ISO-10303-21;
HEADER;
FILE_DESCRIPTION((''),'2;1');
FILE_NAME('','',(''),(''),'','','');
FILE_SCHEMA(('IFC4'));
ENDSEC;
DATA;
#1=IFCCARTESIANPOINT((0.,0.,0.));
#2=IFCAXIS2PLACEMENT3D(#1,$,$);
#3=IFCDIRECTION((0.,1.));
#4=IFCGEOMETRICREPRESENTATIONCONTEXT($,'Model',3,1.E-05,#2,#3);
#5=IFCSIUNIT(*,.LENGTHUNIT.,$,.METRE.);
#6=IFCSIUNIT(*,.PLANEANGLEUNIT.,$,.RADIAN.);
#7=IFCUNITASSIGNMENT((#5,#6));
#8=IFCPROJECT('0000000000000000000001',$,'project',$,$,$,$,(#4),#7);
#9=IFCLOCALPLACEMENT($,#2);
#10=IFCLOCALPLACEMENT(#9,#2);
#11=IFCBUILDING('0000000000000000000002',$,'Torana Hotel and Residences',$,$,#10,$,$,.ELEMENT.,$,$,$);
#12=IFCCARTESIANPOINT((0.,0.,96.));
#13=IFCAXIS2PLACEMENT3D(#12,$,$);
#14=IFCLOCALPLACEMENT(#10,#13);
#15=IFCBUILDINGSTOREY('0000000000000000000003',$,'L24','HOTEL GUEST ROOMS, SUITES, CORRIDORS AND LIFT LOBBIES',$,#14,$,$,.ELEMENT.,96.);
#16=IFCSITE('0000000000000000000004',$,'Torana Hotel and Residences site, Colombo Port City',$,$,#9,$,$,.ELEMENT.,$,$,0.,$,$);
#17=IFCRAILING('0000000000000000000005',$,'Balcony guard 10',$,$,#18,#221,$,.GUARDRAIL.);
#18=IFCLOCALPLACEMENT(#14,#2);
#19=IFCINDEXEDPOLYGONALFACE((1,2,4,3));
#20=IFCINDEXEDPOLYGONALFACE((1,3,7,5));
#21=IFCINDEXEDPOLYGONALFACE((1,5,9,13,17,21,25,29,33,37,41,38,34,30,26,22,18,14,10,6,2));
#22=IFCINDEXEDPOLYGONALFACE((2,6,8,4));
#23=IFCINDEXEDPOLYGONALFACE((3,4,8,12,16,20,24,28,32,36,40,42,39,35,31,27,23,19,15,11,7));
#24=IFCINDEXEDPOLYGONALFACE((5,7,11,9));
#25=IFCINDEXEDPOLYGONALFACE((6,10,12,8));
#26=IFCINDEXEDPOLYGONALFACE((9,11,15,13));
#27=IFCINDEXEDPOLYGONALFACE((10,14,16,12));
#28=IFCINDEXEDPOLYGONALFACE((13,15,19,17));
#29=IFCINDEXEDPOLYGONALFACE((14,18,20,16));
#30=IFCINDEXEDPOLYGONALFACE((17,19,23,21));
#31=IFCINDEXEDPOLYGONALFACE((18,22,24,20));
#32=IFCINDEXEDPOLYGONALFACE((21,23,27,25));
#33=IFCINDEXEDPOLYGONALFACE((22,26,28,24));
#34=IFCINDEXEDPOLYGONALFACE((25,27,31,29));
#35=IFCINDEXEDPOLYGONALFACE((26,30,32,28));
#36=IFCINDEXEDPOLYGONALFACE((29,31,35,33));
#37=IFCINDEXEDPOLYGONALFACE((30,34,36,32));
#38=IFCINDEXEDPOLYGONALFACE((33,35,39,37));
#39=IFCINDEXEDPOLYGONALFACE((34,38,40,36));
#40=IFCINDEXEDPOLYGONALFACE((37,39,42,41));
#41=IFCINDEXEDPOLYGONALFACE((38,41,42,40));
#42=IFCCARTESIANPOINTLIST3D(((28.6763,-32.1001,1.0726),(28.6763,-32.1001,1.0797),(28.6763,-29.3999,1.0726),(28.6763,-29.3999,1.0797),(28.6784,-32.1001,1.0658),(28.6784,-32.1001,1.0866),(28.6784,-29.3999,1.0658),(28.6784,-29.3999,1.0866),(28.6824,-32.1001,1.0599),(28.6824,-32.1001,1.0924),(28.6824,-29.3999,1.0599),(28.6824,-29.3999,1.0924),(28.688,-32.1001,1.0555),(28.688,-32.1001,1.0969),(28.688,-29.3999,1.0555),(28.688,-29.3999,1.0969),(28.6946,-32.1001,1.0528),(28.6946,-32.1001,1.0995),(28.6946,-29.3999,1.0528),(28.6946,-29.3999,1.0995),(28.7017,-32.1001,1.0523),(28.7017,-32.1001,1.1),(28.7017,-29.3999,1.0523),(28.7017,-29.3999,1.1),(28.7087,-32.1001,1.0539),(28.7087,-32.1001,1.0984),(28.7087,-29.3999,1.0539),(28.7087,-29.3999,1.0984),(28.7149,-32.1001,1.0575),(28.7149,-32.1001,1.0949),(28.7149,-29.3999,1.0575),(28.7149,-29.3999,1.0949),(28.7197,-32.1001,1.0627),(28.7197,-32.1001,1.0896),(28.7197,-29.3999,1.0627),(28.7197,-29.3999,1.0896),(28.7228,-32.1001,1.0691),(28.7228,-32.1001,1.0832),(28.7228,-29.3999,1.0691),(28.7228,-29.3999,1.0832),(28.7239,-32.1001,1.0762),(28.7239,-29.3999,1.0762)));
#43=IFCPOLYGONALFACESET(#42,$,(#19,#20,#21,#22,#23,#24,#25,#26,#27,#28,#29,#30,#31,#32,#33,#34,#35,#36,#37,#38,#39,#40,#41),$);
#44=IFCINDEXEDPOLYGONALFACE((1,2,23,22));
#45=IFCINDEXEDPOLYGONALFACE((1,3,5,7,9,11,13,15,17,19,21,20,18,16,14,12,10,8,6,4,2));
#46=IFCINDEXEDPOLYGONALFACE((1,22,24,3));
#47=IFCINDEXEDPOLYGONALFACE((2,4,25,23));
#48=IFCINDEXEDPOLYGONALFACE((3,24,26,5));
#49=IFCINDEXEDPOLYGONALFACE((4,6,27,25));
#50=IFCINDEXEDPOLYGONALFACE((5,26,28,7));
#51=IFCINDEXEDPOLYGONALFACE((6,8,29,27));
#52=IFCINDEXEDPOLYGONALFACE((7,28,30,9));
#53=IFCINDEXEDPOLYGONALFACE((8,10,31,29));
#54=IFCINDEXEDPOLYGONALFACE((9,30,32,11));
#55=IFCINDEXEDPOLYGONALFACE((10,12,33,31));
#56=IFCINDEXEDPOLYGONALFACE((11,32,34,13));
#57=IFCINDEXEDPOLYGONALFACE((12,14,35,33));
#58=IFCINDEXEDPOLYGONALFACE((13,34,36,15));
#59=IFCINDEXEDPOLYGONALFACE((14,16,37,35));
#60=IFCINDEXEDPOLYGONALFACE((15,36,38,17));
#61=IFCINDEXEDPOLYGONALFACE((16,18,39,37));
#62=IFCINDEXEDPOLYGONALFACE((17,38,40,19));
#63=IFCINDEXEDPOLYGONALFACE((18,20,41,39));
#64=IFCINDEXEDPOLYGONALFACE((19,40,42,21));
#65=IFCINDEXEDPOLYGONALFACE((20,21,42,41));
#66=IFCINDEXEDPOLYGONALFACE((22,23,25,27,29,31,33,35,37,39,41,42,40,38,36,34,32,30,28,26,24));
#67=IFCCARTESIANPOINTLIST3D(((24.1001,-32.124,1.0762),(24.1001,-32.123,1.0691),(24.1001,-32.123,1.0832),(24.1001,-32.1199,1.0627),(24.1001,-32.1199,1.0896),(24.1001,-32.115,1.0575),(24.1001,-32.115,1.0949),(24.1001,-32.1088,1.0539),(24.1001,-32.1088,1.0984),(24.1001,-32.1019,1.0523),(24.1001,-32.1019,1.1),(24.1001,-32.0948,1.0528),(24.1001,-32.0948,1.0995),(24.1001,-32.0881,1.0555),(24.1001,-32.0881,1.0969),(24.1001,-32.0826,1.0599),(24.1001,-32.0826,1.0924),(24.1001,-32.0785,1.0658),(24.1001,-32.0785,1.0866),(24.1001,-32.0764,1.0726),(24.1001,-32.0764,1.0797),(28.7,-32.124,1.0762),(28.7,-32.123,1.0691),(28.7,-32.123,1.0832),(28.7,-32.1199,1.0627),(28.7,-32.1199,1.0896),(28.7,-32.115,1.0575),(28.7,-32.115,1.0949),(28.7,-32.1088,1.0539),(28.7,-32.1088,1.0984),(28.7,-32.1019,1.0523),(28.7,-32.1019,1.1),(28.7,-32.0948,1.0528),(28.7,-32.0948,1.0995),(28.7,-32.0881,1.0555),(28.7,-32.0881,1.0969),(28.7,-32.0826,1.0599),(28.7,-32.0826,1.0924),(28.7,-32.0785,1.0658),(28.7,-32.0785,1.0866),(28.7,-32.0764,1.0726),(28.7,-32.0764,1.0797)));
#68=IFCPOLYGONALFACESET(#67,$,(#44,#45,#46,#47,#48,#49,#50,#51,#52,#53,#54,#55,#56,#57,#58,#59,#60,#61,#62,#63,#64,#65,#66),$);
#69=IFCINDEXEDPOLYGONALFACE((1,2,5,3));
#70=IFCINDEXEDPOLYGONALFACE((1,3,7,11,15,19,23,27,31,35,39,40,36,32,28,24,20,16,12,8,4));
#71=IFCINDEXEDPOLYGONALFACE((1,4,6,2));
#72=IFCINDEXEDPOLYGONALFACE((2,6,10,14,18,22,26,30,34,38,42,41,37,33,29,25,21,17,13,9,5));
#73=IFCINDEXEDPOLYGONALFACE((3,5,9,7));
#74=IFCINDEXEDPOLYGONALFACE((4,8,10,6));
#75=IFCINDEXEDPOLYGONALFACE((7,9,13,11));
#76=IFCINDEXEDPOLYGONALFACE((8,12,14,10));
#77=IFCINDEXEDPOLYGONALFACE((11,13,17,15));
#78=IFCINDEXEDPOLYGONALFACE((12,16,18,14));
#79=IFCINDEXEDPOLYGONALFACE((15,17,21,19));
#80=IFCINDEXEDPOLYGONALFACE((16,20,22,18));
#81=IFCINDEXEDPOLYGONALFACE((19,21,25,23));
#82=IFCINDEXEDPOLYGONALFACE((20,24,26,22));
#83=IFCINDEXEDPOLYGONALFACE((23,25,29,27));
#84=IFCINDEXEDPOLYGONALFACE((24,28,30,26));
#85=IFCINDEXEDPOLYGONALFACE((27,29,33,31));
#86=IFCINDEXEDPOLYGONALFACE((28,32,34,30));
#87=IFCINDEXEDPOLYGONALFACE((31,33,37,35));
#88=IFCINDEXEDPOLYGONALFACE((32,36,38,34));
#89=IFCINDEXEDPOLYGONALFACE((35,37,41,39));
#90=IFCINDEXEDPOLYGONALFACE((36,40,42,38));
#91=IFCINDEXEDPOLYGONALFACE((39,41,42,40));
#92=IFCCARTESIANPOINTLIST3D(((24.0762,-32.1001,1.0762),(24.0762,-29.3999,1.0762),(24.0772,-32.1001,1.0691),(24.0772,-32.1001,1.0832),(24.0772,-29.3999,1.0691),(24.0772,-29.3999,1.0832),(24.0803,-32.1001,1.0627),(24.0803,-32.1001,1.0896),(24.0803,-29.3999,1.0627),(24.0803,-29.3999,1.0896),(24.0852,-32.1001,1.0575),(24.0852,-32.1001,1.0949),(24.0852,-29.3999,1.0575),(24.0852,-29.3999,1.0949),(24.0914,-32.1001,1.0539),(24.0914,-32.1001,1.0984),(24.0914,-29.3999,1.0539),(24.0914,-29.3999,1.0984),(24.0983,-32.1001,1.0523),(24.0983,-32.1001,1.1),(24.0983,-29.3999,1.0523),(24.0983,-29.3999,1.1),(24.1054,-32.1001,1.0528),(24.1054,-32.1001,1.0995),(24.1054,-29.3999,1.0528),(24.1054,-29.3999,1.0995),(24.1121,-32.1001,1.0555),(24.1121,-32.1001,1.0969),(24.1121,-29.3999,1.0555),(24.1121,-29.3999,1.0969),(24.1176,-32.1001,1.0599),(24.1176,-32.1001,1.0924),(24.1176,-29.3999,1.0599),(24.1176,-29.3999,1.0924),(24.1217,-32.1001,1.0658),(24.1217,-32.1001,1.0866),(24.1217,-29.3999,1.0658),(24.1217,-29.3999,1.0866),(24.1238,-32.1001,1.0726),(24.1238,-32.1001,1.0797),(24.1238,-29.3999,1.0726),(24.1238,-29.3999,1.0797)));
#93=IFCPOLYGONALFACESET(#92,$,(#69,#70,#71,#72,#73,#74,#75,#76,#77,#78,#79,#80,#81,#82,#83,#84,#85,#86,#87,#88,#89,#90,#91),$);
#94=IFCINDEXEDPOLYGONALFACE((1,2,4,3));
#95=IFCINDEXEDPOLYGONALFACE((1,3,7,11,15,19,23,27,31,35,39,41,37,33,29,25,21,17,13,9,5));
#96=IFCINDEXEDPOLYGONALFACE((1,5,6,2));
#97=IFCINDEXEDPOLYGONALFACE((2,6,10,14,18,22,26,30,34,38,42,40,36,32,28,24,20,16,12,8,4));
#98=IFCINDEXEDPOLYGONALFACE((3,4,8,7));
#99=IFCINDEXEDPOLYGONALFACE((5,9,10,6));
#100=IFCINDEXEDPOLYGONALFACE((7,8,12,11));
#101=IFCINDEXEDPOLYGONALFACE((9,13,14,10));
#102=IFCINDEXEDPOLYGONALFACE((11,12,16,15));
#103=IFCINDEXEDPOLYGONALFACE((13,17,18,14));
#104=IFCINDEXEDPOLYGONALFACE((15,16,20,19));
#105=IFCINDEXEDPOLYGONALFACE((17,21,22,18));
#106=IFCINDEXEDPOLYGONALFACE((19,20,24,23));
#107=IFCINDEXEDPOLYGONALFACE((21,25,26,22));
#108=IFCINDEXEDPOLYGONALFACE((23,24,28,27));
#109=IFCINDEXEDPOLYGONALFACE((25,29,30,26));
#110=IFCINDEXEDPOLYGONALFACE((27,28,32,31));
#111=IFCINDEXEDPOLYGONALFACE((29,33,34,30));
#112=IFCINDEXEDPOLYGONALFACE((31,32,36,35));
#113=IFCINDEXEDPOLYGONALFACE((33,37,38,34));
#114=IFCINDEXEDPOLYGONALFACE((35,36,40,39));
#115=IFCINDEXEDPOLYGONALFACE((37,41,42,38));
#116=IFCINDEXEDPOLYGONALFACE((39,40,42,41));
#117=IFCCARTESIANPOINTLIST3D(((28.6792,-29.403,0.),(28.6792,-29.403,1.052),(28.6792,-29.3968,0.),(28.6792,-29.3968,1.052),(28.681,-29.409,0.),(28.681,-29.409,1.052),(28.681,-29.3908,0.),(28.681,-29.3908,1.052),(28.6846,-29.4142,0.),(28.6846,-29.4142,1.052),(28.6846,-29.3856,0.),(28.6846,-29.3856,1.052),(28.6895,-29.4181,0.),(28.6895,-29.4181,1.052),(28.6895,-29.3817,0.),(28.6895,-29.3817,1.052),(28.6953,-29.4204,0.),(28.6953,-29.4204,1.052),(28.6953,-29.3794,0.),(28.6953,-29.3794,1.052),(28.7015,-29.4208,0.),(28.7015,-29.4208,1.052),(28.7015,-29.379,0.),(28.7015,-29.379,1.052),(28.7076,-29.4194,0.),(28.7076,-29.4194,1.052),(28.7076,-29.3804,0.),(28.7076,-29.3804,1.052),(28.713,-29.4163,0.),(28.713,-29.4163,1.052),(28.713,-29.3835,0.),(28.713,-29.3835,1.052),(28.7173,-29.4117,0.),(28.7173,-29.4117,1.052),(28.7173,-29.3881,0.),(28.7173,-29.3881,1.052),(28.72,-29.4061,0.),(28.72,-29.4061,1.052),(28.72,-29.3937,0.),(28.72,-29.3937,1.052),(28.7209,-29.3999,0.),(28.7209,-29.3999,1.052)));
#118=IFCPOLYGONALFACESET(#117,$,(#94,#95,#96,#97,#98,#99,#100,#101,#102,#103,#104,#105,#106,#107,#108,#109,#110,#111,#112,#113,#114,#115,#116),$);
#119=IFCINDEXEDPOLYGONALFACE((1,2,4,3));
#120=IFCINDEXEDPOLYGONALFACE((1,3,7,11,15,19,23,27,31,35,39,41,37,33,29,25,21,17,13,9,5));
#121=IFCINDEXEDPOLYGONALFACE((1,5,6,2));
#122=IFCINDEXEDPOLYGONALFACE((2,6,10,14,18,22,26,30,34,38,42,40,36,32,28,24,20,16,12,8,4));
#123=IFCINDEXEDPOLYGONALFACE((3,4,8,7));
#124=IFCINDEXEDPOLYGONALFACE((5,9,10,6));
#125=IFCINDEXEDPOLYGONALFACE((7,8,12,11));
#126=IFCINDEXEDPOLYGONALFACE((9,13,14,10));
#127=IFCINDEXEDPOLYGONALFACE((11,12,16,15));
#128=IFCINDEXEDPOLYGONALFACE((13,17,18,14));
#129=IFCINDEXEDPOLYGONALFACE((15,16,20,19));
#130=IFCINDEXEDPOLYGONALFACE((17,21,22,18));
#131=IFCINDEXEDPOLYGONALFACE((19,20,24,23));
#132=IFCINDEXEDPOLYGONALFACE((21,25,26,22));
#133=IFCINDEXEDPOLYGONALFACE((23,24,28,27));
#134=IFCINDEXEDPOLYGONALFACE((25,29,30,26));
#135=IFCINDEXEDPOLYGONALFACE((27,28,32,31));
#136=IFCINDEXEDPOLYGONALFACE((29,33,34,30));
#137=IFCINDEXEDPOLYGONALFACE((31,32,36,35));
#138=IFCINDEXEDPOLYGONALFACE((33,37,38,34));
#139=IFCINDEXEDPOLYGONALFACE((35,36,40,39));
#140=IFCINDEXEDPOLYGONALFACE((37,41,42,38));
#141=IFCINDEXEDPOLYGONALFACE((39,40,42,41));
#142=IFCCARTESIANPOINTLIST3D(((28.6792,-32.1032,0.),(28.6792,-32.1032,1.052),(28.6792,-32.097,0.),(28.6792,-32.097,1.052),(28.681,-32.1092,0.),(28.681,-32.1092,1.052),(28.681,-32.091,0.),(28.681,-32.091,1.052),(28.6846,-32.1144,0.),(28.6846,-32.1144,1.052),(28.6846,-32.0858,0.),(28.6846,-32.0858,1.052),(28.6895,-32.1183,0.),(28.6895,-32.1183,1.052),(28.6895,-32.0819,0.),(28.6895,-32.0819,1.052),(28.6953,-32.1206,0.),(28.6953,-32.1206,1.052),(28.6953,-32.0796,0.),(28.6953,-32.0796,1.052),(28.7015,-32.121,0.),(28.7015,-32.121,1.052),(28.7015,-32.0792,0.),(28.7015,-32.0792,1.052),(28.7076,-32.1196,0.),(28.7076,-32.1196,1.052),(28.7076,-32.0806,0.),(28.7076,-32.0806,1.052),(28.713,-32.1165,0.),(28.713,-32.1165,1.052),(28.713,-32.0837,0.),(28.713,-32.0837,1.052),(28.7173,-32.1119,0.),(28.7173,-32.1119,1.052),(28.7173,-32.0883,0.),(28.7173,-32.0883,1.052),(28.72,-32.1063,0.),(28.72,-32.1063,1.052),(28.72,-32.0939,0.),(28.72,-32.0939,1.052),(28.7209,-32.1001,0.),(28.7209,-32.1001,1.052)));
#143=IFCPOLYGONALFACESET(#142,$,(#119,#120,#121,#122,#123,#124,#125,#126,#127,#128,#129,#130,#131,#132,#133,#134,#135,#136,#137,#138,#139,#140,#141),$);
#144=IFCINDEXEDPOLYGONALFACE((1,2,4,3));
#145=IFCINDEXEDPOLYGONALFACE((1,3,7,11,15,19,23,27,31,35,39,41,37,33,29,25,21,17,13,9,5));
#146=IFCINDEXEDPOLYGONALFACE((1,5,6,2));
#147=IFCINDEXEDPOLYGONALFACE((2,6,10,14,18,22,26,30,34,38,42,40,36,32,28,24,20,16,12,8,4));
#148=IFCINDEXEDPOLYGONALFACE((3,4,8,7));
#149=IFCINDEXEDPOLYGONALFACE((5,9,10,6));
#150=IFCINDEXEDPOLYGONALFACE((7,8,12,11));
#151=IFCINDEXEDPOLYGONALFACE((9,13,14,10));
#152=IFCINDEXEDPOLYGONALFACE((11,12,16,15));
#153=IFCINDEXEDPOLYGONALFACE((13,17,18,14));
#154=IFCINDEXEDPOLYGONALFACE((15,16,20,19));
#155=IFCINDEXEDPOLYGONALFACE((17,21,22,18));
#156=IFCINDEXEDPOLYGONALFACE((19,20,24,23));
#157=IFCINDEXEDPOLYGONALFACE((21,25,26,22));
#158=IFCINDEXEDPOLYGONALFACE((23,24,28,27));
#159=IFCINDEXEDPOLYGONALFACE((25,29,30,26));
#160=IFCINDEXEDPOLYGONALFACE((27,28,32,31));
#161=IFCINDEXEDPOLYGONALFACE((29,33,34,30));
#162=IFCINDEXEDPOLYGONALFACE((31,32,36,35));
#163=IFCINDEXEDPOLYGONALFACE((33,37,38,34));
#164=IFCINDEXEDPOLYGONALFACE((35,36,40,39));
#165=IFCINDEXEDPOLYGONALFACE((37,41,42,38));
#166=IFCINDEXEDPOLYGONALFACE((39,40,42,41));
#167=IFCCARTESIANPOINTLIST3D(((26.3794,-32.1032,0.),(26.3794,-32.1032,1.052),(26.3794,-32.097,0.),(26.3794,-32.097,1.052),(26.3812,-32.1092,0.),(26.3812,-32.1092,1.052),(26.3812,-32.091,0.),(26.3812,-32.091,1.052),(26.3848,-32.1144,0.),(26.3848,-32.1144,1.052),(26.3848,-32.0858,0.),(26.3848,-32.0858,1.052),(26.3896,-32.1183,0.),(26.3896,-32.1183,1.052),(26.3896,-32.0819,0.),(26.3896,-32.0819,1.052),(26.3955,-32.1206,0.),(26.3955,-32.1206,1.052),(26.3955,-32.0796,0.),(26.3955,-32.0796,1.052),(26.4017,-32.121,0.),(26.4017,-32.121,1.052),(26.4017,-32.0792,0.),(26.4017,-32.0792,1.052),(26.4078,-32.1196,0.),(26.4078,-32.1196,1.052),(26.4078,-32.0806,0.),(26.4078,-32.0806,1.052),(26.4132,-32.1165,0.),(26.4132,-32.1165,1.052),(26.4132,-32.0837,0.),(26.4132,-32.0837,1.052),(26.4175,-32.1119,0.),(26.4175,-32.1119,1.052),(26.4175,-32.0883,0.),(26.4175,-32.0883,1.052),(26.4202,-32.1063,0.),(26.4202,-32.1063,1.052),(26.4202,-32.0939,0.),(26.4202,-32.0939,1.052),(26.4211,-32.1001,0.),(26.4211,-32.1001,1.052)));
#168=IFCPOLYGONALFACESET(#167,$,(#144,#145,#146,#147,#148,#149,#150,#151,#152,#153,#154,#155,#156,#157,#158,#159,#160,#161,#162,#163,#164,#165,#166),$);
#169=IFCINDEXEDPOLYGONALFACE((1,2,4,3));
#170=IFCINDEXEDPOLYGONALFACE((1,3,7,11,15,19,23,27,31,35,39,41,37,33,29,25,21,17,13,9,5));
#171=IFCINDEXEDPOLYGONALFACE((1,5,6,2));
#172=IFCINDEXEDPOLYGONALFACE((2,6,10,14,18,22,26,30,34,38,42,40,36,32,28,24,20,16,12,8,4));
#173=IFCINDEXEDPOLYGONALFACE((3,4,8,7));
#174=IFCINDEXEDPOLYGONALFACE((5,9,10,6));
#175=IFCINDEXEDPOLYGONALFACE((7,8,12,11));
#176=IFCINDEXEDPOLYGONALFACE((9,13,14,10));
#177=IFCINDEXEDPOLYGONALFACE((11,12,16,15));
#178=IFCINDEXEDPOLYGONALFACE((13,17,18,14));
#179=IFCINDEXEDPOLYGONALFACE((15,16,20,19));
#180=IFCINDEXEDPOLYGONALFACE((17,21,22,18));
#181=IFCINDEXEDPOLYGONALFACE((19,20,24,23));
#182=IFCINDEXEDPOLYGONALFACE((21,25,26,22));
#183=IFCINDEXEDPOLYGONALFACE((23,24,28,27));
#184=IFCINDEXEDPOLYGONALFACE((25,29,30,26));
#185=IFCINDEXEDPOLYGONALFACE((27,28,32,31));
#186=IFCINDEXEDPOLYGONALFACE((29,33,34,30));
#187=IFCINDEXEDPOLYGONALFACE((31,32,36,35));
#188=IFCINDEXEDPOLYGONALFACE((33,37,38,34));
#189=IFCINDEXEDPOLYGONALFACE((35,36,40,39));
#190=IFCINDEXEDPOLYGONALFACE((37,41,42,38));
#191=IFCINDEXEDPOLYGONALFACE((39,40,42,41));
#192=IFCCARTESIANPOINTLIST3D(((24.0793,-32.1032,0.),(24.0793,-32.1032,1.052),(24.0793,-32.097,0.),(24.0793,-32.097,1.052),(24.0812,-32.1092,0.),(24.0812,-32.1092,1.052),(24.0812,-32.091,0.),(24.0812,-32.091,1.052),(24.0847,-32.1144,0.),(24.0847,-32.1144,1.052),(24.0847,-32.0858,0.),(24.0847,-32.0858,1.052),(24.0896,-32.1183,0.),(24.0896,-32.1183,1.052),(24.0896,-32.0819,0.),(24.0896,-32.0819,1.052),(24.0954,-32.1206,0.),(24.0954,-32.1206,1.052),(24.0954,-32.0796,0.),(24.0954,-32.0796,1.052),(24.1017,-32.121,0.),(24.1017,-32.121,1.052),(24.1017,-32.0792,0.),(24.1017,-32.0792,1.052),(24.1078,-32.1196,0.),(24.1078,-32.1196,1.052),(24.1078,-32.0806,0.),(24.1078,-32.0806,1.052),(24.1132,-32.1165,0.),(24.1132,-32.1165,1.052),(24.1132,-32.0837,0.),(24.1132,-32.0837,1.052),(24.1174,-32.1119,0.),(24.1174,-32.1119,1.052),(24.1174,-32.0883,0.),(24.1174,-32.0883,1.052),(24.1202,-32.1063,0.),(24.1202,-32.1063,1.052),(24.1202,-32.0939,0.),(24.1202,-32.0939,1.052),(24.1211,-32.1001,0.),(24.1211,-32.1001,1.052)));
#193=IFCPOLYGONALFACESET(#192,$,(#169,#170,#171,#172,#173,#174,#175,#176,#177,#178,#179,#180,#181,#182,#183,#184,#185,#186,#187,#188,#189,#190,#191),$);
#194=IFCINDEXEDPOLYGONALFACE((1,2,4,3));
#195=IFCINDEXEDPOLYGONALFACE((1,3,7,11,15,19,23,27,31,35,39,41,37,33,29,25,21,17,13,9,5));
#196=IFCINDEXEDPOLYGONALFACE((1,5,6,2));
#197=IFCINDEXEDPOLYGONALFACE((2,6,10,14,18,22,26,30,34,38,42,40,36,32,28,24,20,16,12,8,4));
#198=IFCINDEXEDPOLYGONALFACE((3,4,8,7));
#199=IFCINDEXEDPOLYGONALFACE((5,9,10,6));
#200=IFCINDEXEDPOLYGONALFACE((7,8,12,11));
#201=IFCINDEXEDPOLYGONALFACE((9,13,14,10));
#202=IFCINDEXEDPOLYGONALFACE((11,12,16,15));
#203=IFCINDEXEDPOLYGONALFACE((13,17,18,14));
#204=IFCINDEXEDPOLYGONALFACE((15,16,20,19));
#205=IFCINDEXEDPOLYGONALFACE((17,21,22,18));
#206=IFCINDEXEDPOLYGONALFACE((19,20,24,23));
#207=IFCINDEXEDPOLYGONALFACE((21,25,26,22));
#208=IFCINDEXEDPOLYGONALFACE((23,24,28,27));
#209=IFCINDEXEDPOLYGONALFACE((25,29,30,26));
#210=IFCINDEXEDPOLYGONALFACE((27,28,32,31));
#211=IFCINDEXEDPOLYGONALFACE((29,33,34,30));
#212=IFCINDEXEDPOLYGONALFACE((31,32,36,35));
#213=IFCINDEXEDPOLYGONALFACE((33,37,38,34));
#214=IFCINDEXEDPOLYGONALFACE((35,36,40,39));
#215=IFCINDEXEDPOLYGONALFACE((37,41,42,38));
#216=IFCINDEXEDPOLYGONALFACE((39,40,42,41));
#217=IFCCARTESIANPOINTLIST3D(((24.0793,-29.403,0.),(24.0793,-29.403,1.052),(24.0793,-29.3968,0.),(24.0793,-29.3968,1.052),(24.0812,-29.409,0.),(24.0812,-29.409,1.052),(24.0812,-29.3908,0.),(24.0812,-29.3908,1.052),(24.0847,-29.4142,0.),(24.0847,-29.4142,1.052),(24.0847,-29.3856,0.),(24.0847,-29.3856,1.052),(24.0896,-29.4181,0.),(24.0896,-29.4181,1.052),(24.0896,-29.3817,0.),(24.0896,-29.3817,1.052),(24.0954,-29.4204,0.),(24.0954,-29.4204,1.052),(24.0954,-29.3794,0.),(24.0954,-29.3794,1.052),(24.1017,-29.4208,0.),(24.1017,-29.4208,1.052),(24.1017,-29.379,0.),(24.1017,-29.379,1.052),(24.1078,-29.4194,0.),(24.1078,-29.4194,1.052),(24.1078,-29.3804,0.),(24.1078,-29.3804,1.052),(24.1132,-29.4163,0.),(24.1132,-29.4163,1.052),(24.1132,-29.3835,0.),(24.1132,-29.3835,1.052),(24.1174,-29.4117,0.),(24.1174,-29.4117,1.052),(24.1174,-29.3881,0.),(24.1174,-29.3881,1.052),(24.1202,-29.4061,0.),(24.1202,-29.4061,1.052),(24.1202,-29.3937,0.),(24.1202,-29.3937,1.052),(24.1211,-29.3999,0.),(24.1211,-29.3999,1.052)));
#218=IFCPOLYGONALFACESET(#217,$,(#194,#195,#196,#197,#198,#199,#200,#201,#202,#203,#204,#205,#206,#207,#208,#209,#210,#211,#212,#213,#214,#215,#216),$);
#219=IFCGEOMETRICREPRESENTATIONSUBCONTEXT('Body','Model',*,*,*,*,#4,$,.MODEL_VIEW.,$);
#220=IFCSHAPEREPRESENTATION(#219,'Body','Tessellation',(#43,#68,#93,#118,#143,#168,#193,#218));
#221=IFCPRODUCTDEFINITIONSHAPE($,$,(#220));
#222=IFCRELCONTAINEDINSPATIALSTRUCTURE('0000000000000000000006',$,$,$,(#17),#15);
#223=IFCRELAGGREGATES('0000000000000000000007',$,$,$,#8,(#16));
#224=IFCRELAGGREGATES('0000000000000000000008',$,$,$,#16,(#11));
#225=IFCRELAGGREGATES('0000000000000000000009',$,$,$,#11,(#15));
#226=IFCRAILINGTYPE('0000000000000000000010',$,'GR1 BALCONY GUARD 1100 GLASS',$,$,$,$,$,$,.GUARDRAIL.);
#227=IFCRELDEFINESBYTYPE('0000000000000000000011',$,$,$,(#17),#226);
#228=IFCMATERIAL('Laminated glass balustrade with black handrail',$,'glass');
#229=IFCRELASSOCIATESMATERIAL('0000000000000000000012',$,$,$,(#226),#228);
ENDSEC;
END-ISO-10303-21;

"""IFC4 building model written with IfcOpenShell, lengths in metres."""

from ifc_helpers import new_model, si_unit, direction, frame, origin, origin_2d, place, context, subcontext, project, spatial, circle, extrude, material, type_object, element, save


model = new_model("IFC4")

# Units and contexts
model_context = context("Model", 3, precision=1e-05, world=origin(), true_north=direction((0.0, 1.0)))
body_context = subcontext(model_context, "Body", "Model", "MODEL_VIEW")
ifc_project = project(units=[si_unit("LENGTHUNIT", "METRE"), si_unit("PLANEANGLEUNIT", "RADIAN")], contexts=[model_context])

# Site, building, storey
site_placement = place(None, origin())
site = spatial("IfcSite", under=ifc_project, at=site_placement, Name="Torana Hotel and Residences site, Colombo Port City", CompositionType="ELEMENT", RefElevation=0.0)
building_placement = place(site_placement, origin())
building = spatial("IfcBuilding", under=site, at=building_placement, Name="Torana Hotel and Residences", CompositionType="ELEMENT")
storey_placement = place(building_placement, frame((0.0, 0.0, 96.0)))
storey = spatial("IfcBuildingStorey", under=building, at=storey_placement, Name="L24", Description="HOTEL GUEST ROOMS, SUITES, CORRIDORS AND LIFT LOBBIES", CompositionType="ELEMENT", Elevation=96.0)

# Railing
ifc_material_1 = material(Name="Laminated glass balustrade with black handrail", Category="glass")
railing_type = type_object("IfcRailingType", Name="GR1 BALCONY GUARD 1100 GLASS", PredefinedType="GUARDRAIL", material=ifc_material_1)
railing_1_placement = place(storey_placement, frame((28.7, -29.3999, 0.0)))
element("IfcRailing", 1, at=railing_1_placement, inside=storey, type_object=railing_type, Name="Balcony guard 10", PredefinedType="GUARDRAIL", context=body_context, shape_type="SweptSolid", body=[
    extrude(circle(Radius=0.0239, at=origin_2d()), frame((0.0, 0.0, 1.0762), z_axis=(0.0, -1.0, 0.0), x_axis=(1.0, 0.0, 0.0)), (0.0, 0.0, 1.0), 2.7002),
    extrude(circle(Radius=0.0239, at=origin_2d()), frame((0.0, -2.7002, 1.0762), z_axis=(-1.0, 0.0, 0.0), x_axis=(0.0, -1.0, 0.0)), (0.0, 0.0, 1.0), 4.5999),
    extrude(circle(Radius=0.0239, at=origin_2d()), frame((-4.5999, -2.7002, 1.0762), z_axis=(0.0, 1.0, 0.0), x_axis=(-1.0, 0.0, 0.0)), (0.0, 0.0, 1.0), 2.7002),
    extrude(circle(Radius=0.021, at=origin_2d()), origin(), (0.0, 0.0, 1.0), 1.052),
    extrude(circle(Radius=0.021, at=origin_2d()), frame((0.0, -2.7002, 0.0)), (0.0, 0.0, 1.0), 1.052),
    extrude(circle(Radius=0.021, at=origin_2d()), frame((-2.2998, -2.7002, 0.0)), (0.0, 0.0, 1.0), 1.052),
    extrude(circle(Radius=0.021, at=origin_2d()), frame((-4.5999, -2.7002, 0.0)), (0.0, 0.0, 1.0), 1.052),
    extrude(circle(Radius=0.021, at=origin_2d()), frame((-4.5999, 0.0, 0.0)), (0.0, 0.0, 1.0), 1.052),
])

save(model, "model.ifc")
